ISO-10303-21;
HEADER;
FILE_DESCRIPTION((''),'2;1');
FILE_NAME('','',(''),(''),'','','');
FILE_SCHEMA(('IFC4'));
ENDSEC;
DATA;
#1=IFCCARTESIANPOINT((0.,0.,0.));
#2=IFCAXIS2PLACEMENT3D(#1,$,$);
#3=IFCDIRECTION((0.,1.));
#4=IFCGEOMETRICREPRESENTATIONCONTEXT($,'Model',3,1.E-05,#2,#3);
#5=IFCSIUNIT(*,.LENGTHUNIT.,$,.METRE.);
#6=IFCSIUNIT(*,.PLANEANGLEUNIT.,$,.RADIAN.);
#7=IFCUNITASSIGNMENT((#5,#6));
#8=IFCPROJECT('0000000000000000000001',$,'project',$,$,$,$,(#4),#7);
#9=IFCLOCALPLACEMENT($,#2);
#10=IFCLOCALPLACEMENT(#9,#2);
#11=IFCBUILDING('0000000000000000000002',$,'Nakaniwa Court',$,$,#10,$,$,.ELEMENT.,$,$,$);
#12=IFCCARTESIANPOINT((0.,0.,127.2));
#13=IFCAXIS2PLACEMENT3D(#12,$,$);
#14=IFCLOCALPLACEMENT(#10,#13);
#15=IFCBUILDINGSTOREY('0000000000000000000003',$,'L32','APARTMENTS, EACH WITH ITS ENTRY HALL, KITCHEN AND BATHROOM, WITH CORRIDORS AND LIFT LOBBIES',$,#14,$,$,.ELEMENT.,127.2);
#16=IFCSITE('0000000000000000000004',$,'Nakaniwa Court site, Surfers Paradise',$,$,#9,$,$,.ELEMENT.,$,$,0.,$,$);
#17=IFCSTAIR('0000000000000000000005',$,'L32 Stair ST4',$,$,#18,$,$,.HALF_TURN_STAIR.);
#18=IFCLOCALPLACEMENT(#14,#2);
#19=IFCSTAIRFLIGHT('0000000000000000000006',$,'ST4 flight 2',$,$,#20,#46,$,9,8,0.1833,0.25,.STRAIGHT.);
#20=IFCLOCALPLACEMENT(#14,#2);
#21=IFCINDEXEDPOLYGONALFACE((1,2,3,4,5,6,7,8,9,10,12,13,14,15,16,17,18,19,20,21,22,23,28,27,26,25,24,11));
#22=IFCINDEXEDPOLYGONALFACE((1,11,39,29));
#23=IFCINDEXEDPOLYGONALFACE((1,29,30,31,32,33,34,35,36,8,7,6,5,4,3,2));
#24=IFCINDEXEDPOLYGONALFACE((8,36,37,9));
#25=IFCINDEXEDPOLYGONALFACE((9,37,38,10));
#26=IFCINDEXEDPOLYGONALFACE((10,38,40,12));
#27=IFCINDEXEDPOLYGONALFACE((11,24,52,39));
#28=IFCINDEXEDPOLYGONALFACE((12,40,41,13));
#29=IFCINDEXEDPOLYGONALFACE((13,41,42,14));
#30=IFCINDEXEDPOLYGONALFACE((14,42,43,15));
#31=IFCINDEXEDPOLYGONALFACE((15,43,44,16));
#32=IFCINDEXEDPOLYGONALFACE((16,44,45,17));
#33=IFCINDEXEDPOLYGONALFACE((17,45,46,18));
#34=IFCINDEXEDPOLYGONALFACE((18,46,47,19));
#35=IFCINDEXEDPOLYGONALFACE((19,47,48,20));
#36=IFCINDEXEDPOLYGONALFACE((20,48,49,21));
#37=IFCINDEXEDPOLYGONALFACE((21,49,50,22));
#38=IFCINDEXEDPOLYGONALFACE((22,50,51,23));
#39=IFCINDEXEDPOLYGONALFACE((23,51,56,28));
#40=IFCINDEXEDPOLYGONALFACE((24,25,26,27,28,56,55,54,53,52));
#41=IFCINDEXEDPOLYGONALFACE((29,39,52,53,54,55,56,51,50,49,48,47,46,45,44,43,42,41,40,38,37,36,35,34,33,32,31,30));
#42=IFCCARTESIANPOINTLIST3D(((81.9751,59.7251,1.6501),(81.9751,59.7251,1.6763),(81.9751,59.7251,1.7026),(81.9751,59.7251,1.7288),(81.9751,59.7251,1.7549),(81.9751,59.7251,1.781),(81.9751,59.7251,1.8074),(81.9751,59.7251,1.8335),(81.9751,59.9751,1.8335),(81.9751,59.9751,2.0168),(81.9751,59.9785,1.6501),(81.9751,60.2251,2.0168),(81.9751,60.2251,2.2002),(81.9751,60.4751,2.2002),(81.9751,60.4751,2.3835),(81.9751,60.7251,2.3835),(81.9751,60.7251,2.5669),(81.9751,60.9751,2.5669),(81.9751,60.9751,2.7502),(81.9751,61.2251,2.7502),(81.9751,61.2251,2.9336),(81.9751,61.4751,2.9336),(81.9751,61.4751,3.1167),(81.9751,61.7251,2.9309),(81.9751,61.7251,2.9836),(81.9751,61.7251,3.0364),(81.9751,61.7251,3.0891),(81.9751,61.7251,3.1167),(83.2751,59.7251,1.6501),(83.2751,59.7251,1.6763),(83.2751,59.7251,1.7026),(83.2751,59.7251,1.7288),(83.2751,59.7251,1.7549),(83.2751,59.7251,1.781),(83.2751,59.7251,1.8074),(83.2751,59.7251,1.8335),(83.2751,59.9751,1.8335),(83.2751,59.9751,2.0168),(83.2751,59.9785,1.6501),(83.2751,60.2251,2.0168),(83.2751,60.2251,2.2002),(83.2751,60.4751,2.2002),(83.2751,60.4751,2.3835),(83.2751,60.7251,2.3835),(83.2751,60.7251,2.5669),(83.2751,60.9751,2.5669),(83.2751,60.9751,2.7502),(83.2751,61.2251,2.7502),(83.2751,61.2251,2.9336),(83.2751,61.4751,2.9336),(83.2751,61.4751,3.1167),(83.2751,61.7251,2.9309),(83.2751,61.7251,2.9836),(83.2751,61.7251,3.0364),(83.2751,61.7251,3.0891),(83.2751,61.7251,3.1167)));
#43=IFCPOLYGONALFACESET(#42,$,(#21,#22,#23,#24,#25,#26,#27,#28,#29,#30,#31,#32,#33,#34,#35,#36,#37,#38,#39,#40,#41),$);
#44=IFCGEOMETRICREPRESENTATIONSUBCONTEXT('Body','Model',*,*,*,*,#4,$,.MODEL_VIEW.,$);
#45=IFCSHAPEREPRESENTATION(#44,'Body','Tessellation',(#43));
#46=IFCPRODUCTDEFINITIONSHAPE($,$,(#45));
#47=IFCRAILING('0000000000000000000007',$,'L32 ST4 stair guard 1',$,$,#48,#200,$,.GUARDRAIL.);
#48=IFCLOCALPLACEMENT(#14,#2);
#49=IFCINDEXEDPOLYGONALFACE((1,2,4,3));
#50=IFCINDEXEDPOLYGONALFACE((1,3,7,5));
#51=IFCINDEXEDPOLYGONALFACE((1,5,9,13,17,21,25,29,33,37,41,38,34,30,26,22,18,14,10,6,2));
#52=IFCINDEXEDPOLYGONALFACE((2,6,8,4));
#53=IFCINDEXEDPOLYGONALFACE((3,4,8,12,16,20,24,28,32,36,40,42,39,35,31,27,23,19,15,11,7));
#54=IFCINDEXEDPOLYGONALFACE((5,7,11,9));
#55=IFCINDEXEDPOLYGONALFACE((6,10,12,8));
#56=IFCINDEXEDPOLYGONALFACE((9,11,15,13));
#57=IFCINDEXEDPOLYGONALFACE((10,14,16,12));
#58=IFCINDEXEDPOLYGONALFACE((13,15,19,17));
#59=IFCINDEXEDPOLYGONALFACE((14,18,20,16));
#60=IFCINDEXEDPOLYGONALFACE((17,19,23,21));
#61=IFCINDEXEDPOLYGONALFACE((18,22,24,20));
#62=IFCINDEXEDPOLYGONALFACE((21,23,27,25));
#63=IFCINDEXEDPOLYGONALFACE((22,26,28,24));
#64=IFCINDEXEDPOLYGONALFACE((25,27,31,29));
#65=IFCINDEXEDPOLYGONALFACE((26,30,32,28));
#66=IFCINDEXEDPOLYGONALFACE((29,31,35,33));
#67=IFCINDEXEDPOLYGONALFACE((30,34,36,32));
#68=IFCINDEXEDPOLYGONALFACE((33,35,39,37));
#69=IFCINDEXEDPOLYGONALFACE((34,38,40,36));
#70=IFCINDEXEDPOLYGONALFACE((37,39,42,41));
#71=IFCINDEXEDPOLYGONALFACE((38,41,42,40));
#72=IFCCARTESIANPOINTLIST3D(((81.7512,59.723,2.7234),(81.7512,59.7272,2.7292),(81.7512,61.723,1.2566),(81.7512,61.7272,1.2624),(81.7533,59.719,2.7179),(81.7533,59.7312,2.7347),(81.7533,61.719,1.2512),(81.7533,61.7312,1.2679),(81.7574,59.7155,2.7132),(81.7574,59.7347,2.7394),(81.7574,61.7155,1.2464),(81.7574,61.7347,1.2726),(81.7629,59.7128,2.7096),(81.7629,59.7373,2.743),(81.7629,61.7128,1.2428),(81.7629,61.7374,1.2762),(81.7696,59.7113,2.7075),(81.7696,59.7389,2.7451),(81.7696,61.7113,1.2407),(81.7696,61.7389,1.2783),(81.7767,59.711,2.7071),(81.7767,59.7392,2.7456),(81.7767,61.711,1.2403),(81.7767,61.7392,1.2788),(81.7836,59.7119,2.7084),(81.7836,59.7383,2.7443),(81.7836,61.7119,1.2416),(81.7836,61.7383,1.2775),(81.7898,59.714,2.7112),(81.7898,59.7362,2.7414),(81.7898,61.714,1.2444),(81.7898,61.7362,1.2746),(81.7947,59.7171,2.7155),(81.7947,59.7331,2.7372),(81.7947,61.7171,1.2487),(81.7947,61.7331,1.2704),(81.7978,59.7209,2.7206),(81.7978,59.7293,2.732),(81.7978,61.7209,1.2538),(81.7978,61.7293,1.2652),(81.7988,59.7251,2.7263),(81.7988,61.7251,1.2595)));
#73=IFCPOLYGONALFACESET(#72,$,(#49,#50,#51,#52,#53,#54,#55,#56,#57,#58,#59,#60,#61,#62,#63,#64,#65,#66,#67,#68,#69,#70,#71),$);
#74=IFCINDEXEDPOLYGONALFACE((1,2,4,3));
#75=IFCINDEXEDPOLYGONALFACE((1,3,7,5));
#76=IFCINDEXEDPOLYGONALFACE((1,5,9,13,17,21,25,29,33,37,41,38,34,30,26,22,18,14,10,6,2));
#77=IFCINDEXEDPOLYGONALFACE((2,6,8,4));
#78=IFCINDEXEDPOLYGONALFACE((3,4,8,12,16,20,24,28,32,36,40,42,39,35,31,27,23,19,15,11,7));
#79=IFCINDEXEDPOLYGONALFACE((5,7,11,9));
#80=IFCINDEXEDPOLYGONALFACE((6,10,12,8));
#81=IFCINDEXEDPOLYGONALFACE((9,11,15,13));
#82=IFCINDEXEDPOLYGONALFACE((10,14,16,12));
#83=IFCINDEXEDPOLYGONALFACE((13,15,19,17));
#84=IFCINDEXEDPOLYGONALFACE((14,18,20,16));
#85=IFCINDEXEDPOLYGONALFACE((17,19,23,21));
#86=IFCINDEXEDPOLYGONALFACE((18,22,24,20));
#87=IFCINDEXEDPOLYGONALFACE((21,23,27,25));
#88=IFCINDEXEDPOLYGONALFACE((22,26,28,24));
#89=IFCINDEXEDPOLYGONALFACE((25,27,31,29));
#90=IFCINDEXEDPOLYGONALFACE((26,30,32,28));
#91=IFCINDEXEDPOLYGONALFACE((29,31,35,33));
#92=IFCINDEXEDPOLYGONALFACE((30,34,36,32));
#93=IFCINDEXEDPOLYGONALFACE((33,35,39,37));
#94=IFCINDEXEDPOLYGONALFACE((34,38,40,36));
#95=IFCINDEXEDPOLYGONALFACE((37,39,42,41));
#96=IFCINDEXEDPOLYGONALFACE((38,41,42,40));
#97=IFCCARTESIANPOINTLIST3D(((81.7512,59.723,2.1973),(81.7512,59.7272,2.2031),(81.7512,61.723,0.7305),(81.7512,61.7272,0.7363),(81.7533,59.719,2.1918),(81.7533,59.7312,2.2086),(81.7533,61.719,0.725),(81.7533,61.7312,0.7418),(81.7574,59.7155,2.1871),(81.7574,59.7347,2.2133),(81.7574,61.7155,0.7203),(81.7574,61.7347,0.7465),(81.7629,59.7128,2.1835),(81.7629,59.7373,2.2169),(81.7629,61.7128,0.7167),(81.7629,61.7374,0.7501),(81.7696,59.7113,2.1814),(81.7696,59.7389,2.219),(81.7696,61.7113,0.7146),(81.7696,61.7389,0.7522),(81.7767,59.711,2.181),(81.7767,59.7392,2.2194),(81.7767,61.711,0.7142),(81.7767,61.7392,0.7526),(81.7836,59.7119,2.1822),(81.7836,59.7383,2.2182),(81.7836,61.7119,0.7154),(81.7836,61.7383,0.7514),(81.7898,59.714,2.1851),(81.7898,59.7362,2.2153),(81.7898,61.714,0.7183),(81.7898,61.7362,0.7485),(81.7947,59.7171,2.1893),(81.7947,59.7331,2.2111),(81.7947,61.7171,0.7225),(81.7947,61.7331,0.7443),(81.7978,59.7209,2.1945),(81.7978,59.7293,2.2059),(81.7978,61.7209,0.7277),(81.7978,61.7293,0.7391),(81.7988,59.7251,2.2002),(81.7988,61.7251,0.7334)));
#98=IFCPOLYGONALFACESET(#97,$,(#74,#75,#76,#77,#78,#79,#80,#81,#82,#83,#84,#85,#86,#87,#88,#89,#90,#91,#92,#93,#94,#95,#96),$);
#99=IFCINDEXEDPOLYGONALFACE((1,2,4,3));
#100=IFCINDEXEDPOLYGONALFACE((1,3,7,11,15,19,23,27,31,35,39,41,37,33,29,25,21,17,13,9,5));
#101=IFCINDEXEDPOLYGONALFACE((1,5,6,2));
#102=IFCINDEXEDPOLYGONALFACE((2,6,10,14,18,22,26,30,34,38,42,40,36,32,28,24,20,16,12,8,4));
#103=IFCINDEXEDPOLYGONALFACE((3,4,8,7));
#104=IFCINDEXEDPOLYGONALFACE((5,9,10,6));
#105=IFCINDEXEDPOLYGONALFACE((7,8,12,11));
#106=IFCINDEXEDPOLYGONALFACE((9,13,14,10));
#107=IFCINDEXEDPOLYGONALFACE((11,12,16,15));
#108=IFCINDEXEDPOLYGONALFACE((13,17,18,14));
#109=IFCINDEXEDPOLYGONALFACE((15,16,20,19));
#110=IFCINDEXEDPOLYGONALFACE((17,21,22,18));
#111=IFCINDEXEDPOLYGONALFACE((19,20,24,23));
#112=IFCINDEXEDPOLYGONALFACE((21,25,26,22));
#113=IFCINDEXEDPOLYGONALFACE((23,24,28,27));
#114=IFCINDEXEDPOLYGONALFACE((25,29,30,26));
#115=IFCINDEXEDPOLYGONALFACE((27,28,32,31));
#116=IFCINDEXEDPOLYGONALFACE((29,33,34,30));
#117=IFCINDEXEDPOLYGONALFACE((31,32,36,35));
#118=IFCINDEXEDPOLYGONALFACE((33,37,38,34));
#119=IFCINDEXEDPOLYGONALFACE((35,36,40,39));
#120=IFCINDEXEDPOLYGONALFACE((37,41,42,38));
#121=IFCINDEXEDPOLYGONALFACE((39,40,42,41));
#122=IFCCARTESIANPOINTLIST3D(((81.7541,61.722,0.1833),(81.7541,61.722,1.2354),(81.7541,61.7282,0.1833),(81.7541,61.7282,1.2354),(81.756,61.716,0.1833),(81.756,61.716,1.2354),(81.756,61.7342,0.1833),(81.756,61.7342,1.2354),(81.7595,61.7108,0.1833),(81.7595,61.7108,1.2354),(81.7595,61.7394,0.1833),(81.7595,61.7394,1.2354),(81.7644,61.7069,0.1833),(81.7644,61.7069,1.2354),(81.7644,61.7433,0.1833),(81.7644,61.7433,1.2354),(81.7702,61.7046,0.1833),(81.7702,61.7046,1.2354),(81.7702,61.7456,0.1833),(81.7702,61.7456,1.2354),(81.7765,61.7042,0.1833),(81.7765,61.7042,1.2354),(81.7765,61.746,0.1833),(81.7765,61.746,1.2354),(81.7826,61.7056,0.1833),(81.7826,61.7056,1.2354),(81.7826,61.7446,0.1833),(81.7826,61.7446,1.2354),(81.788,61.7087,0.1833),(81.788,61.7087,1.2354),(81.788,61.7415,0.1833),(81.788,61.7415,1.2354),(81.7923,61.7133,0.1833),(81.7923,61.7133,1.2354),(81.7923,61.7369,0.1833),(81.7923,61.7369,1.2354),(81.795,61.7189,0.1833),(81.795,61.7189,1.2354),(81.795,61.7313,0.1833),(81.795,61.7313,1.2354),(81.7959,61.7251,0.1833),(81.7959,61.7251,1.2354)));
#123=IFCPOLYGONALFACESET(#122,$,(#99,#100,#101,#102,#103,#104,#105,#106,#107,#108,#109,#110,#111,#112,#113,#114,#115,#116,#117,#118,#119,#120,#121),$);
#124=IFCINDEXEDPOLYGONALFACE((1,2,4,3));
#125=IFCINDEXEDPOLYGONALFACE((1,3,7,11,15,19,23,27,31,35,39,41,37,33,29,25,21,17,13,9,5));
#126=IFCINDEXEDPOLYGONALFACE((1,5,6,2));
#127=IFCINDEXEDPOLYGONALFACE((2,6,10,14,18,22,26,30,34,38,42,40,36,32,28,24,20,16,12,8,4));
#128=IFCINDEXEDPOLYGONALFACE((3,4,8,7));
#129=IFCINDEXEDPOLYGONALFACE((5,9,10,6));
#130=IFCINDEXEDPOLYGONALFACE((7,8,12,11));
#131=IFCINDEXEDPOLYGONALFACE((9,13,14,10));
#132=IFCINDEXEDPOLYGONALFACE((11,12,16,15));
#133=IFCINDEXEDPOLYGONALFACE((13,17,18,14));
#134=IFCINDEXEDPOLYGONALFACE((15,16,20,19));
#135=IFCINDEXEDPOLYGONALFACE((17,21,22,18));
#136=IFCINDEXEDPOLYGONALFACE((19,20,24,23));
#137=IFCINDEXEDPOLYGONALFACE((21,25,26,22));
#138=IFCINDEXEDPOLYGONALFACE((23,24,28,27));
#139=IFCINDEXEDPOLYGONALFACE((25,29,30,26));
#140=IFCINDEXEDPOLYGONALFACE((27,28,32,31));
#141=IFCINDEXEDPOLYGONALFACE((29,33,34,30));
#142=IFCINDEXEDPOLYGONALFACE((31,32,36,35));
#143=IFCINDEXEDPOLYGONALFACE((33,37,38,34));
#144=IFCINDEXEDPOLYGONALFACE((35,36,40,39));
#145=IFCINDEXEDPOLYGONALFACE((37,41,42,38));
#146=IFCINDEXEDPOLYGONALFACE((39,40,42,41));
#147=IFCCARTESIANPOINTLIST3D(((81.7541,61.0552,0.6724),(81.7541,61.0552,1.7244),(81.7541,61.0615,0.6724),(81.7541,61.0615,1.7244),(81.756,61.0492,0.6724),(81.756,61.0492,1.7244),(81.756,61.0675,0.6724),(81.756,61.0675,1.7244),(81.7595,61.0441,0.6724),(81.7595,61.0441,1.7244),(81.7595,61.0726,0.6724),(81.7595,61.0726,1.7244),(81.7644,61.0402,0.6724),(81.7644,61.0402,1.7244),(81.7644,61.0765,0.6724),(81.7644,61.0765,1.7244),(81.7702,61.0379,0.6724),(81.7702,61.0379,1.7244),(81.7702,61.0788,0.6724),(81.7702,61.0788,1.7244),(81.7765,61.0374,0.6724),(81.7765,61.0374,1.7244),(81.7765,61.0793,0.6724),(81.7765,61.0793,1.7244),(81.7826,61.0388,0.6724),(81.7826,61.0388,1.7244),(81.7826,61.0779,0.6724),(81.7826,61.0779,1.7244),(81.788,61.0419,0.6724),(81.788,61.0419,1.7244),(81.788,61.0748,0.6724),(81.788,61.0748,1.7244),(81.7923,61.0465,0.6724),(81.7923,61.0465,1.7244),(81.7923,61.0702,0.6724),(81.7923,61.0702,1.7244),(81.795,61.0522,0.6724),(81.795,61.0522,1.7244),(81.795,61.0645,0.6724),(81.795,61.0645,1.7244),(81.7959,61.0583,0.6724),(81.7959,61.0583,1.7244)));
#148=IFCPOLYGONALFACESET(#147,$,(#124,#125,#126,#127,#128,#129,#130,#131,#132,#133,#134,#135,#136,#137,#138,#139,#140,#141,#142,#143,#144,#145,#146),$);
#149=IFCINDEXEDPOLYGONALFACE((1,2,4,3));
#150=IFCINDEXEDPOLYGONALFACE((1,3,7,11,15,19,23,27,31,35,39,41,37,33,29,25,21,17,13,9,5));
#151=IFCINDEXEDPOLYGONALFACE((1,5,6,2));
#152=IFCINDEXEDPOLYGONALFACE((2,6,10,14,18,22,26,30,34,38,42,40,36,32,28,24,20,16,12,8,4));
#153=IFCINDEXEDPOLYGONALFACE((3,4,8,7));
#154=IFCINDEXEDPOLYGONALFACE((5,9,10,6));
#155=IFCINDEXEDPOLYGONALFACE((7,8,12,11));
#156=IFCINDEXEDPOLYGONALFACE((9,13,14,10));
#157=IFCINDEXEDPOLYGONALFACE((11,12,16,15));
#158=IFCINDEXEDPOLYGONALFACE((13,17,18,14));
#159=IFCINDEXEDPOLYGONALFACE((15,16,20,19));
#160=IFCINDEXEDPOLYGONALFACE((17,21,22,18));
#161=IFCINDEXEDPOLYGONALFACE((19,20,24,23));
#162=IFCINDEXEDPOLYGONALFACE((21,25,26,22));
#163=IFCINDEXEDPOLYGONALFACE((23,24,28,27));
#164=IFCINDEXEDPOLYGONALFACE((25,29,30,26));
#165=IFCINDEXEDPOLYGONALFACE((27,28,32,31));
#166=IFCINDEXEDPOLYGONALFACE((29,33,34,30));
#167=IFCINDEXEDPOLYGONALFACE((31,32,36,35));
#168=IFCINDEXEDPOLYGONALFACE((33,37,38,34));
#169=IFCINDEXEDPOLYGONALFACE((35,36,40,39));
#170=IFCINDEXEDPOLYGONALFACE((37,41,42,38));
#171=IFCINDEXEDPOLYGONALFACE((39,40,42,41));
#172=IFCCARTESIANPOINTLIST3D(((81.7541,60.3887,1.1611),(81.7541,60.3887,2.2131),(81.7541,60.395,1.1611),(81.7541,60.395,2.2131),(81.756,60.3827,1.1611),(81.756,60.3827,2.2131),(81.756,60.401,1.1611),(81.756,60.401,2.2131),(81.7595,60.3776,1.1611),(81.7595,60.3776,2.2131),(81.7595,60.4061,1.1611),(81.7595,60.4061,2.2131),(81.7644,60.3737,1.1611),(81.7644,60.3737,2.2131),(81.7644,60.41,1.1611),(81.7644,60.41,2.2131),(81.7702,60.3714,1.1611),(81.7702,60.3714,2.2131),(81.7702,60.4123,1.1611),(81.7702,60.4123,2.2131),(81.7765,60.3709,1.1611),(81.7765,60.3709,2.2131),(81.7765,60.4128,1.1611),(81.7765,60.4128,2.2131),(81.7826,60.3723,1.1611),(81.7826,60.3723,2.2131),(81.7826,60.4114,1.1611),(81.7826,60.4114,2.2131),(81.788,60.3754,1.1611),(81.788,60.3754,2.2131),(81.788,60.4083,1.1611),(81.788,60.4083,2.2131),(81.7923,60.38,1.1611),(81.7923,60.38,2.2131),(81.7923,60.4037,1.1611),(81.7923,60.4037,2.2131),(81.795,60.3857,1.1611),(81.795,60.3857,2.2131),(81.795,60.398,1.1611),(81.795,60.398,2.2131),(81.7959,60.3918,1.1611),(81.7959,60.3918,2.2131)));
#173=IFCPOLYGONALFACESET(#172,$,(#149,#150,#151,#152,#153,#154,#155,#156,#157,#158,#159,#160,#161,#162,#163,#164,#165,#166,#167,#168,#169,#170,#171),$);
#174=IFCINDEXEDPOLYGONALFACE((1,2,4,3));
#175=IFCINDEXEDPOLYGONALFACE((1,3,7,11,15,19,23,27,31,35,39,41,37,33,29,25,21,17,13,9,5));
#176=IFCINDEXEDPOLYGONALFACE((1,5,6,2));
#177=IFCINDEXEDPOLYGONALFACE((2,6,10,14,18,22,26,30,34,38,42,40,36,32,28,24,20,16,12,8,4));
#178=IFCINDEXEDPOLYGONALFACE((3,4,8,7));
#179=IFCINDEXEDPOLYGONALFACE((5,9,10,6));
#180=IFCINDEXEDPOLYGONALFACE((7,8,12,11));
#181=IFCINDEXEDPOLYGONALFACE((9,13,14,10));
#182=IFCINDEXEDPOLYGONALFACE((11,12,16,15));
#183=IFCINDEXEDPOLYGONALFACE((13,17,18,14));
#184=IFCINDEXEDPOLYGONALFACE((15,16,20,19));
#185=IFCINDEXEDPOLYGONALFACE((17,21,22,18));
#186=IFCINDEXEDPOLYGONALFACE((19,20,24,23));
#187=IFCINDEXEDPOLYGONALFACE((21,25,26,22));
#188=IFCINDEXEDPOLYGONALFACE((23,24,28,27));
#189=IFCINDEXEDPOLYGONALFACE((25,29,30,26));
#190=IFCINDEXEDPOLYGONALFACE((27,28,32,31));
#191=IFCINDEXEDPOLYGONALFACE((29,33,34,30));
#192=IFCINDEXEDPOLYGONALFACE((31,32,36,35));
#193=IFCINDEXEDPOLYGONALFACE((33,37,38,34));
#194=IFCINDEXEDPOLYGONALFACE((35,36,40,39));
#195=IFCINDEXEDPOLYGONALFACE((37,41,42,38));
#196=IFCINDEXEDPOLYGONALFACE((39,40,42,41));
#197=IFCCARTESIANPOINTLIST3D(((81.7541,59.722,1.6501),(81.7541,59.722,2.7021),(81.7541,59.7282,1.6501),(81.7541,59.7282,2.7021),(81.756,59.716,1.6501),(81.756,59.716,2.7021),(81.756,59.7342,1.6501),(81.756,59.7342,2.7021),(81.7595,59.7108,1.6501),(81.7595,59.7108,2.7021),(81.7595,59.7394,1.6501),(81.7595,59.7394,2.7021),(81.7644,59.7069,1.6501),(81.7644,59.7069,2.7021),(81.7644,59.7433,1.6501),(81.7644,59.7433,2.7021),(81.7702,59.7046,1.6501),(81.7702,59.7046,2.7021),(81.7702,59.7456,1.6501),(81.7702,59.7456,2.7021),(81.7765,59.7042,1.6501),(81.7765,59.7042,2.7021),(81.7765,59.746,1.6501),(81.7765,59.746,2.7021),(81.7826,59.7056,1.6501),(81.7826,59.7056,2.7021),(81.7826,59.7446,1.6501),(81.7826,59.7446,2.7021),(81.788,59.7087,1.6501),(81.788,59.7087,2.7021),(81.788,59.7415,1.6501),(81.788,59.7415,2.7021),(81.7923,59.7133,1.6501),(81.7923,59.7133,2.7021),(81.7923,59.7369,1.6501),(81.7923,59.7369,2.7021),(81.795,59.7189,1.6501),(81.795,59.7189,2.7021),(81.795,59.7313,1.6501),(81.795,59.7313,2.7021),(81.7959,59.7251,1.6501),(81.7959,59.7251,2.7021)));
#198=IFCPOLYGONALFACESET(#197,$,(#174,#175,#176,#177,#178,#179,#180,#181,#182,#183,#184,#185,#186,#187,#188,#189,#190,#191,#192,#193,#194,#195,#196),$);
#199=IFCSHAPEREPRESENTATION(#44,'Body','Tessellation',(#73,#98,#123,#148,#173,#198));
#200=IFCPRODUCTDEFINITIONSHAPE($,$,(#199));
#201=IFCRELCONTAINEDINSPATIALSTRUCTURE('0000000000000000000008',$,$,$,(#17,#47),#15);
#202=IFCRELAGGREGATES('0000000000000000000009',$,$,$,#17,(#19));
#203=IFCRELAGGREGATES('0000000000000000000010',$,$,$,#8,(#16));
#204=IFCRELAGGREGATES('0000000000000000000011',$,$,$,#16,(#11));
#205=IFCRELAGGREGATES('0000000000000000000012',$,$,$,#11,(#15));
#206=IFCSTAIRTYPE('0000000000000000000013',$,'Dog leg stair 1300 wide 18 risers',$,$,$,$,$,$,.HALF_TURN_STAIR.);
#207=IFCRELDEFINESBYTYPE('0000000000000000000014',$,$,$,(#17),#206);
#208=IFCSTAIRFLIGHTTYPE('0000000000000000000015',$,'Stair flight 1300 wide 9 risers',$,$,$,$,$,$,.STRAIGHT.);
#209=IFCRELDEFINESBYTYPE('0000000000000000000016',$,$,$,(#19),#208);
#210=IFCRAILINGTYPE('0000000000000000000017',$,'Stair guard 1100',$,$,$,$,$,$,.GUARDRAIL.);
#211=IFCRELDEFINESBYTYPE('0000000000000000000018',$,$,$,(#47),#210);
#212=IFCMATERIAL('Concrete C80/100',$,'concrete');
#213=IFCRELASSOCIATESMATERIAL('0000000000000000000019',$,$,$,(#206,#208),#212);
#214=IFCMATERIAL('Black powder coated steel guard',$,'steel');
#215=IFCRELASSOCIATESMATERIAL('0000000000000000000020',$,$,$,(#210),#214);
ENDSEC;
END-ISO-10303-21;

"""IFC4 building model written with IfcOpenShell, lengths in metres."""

from ifc_helpers import new_model, si_unit, direction, frame, origin, origin_2d, place, context, subcontext, project, spatial, polyline, circle, outline, extrude, material, type_object, element, aggregate, save


model = new_model("IFC4")

# Units and contexts
model_context = context("Model", 3, precision=1e-05, world=origin(), true_north=direction((0.0, 1.0)))
body_context = subcontext(model_context, "Body", "Model", "MODEL_VIEW")
ifc_project = project(units=[si_unit("LENGTHUNIT", "METRE"), si_unit("PLANEANGLEUNIT", "RADIAN")], contexts=[model_context])

# Site, building, storey
site_placement = place(None, origin())
site = spatial("IfcSite", under=ifc_project, at=site_placement, Name="Nakaniwa Court site, Surfers Paradise", CompositionType="ELEMENT", RefElevation=0.0)
building_placement = place(site_placement, origin())
building = spatial("IfcBuilding", under=site, at=building_placement, Name="Nakaniwa Court", CompositionType="ELEMENT")
storey_placement = place(building_placement, frame((0.0, 0.0, 127.2)))
storey = spatial("IfcBuildingStorey", under=building, at=storey_placement, Name="L32", Description="APARTMENTS, EACH WITH ITS ENTRY HALL, KITCHEN AND BATHROOM, WITH CORRIDORS AND LIFT LOBBIES", CompositionType="ELEMENT", Elevation=127.2)

# Shared definitions
ifc_material_1 = material(Name="Concrete C80/100", Category="concrete")

# Stair, stair flight
stair_type = type_object("IfcStairType", Name="Dog leg stair 1300 wide 18 risers", PredefinedType="HALF_TURN_STAIR", material=ifc_material_1)
stair_placement = place(storey_placement, origin())
stair = element("IfcStair", 1, at=stair_placement, inside=storey, type_object=stair_type, Name="L32 Stair ST4", PredefinedType="HALF_TURN_STAIR")
stair_flight_type = type_object("IfcStairFlightType", Name="Stair flight 1300 wide 9 risers", PredefinedType="STRAIGHT", material=ifc_material_1)
stair_flight_1_placement = place(storey_placement, frame((82.625, 59.7251, 1.6501), z_axis=(0.0, 0.0, 1.0), x_axis=(0.0, 1.0, 0.0)))
stair_flight_1 = element("IfcStairFlight", 2, at=stair_flight_1_placement, type_object=stair_flight_type, Name="ST4 flight 2", NumberOfRisers=9, NumberOfTreads=8, PredefinedType="STRAIGHT", RiserHeight=0.1833, TreadLength=0.25, context=body_context, shape_type="SweptSolid", body=[
    extrude(outline(polyline([(0.0, 0.0), (0.0, 0.0261), (0.0, 0.0525), (0.0, 0.0786), (0.0, 0.1047), (0.0, 0.1309), (0.0, 0.1572), (0.0, 0.1833), (0.25, 0.1833), (0.25, 0.3667), (0.5, 0.3667), (0.5, 0.55), (0.75, 0.55), (0.75, 0.7334), (1.0, 0.7334), (1.0, 0.9167), (1.25, 0.9167), (1.25, 1.1001), (1.5, 1.1001), (1.5, 1.2834), (1.75, 1.2834), (1.75, 1.4666), (2.0, 1.4666), (2.0, 1.6499), (2.0, 1.5972), (2.0, 1.5444), (2.0, 1.4917), (2.0, 1.439), (2.0, 1.3862), (2.0, 1.3335), (2.0, 1.2808), (0.2534, 0.0), (0.0, 0.0)])), frame((0.0, 0.6499, 0.0), z_axis=(0.0, -1.0, 0.0), x_axis=(1.0, 0.0, 0.0)), (0.0, 0.0, 1.0), 1.3),
])
aggregate(stair, [stair_flight_1])

# Railing
ifc_material_2 = material(Name="Black powder coated steel guard", Category="steel")
railing_type_1 = type_object("IfcRailingType", Name="Stair guard 1100", PredefinedType="GUARDRAIL", material=ifc_material_2)
railing_1_placement = place(storey_placement, frame((81.7749, 61.7251, 0.1833)))
element("IfcRailing", 3, at=railing_1_placement, inside=storey, type_object=railing_type_1, Name="L32 ST4 stair guard 1", PredefinedType="GUARDRAIL", context=body_context, shape_type="SweptSolid", body=[
    extrude(circle(Radius=0.0239, at=origin_2d()), frame((0.0, 0.0, 1.0762), z_axis=(0.0, -0.80638, 0.591398), x_axis=(1.0, 0.0, 0.0)), (0.0, 0.0, 1.0), 2.4802),
    extrude(circle(Radius=0.0239, at=origin_2d()), frame((0.0, 0.0, 0.55), z_axis=(0.0, -0.80638, 0.591398), x_axis=(1.0, 0.0, 0.0)), (0.0, 0.0, 1.0), 2.4802),
    extrude(circle(Radius=0.021, at=origin_2d()), origin(), (0.0, 0.0, 1.0), 1.052),
    extrude(circle(Radius=0.021, at=origin_2d()), frame((0.0, -0.6667, 0.489)), (0.0, 0.0, 1.0), 1.052),
    extrude(circle(Radius=0.021, at=origin_2d()), frame((0.0, -1.3333, 0.9778)), (0.0, 0.0, 1.0), 1.052),
    extrude(circle(Radius=0.021, at=origin_2d()), frame((0.0, -2.0, 1.4668)), (0.0, 0.0, 1.0), 1.052),
])

save(model, "model.ifc")
